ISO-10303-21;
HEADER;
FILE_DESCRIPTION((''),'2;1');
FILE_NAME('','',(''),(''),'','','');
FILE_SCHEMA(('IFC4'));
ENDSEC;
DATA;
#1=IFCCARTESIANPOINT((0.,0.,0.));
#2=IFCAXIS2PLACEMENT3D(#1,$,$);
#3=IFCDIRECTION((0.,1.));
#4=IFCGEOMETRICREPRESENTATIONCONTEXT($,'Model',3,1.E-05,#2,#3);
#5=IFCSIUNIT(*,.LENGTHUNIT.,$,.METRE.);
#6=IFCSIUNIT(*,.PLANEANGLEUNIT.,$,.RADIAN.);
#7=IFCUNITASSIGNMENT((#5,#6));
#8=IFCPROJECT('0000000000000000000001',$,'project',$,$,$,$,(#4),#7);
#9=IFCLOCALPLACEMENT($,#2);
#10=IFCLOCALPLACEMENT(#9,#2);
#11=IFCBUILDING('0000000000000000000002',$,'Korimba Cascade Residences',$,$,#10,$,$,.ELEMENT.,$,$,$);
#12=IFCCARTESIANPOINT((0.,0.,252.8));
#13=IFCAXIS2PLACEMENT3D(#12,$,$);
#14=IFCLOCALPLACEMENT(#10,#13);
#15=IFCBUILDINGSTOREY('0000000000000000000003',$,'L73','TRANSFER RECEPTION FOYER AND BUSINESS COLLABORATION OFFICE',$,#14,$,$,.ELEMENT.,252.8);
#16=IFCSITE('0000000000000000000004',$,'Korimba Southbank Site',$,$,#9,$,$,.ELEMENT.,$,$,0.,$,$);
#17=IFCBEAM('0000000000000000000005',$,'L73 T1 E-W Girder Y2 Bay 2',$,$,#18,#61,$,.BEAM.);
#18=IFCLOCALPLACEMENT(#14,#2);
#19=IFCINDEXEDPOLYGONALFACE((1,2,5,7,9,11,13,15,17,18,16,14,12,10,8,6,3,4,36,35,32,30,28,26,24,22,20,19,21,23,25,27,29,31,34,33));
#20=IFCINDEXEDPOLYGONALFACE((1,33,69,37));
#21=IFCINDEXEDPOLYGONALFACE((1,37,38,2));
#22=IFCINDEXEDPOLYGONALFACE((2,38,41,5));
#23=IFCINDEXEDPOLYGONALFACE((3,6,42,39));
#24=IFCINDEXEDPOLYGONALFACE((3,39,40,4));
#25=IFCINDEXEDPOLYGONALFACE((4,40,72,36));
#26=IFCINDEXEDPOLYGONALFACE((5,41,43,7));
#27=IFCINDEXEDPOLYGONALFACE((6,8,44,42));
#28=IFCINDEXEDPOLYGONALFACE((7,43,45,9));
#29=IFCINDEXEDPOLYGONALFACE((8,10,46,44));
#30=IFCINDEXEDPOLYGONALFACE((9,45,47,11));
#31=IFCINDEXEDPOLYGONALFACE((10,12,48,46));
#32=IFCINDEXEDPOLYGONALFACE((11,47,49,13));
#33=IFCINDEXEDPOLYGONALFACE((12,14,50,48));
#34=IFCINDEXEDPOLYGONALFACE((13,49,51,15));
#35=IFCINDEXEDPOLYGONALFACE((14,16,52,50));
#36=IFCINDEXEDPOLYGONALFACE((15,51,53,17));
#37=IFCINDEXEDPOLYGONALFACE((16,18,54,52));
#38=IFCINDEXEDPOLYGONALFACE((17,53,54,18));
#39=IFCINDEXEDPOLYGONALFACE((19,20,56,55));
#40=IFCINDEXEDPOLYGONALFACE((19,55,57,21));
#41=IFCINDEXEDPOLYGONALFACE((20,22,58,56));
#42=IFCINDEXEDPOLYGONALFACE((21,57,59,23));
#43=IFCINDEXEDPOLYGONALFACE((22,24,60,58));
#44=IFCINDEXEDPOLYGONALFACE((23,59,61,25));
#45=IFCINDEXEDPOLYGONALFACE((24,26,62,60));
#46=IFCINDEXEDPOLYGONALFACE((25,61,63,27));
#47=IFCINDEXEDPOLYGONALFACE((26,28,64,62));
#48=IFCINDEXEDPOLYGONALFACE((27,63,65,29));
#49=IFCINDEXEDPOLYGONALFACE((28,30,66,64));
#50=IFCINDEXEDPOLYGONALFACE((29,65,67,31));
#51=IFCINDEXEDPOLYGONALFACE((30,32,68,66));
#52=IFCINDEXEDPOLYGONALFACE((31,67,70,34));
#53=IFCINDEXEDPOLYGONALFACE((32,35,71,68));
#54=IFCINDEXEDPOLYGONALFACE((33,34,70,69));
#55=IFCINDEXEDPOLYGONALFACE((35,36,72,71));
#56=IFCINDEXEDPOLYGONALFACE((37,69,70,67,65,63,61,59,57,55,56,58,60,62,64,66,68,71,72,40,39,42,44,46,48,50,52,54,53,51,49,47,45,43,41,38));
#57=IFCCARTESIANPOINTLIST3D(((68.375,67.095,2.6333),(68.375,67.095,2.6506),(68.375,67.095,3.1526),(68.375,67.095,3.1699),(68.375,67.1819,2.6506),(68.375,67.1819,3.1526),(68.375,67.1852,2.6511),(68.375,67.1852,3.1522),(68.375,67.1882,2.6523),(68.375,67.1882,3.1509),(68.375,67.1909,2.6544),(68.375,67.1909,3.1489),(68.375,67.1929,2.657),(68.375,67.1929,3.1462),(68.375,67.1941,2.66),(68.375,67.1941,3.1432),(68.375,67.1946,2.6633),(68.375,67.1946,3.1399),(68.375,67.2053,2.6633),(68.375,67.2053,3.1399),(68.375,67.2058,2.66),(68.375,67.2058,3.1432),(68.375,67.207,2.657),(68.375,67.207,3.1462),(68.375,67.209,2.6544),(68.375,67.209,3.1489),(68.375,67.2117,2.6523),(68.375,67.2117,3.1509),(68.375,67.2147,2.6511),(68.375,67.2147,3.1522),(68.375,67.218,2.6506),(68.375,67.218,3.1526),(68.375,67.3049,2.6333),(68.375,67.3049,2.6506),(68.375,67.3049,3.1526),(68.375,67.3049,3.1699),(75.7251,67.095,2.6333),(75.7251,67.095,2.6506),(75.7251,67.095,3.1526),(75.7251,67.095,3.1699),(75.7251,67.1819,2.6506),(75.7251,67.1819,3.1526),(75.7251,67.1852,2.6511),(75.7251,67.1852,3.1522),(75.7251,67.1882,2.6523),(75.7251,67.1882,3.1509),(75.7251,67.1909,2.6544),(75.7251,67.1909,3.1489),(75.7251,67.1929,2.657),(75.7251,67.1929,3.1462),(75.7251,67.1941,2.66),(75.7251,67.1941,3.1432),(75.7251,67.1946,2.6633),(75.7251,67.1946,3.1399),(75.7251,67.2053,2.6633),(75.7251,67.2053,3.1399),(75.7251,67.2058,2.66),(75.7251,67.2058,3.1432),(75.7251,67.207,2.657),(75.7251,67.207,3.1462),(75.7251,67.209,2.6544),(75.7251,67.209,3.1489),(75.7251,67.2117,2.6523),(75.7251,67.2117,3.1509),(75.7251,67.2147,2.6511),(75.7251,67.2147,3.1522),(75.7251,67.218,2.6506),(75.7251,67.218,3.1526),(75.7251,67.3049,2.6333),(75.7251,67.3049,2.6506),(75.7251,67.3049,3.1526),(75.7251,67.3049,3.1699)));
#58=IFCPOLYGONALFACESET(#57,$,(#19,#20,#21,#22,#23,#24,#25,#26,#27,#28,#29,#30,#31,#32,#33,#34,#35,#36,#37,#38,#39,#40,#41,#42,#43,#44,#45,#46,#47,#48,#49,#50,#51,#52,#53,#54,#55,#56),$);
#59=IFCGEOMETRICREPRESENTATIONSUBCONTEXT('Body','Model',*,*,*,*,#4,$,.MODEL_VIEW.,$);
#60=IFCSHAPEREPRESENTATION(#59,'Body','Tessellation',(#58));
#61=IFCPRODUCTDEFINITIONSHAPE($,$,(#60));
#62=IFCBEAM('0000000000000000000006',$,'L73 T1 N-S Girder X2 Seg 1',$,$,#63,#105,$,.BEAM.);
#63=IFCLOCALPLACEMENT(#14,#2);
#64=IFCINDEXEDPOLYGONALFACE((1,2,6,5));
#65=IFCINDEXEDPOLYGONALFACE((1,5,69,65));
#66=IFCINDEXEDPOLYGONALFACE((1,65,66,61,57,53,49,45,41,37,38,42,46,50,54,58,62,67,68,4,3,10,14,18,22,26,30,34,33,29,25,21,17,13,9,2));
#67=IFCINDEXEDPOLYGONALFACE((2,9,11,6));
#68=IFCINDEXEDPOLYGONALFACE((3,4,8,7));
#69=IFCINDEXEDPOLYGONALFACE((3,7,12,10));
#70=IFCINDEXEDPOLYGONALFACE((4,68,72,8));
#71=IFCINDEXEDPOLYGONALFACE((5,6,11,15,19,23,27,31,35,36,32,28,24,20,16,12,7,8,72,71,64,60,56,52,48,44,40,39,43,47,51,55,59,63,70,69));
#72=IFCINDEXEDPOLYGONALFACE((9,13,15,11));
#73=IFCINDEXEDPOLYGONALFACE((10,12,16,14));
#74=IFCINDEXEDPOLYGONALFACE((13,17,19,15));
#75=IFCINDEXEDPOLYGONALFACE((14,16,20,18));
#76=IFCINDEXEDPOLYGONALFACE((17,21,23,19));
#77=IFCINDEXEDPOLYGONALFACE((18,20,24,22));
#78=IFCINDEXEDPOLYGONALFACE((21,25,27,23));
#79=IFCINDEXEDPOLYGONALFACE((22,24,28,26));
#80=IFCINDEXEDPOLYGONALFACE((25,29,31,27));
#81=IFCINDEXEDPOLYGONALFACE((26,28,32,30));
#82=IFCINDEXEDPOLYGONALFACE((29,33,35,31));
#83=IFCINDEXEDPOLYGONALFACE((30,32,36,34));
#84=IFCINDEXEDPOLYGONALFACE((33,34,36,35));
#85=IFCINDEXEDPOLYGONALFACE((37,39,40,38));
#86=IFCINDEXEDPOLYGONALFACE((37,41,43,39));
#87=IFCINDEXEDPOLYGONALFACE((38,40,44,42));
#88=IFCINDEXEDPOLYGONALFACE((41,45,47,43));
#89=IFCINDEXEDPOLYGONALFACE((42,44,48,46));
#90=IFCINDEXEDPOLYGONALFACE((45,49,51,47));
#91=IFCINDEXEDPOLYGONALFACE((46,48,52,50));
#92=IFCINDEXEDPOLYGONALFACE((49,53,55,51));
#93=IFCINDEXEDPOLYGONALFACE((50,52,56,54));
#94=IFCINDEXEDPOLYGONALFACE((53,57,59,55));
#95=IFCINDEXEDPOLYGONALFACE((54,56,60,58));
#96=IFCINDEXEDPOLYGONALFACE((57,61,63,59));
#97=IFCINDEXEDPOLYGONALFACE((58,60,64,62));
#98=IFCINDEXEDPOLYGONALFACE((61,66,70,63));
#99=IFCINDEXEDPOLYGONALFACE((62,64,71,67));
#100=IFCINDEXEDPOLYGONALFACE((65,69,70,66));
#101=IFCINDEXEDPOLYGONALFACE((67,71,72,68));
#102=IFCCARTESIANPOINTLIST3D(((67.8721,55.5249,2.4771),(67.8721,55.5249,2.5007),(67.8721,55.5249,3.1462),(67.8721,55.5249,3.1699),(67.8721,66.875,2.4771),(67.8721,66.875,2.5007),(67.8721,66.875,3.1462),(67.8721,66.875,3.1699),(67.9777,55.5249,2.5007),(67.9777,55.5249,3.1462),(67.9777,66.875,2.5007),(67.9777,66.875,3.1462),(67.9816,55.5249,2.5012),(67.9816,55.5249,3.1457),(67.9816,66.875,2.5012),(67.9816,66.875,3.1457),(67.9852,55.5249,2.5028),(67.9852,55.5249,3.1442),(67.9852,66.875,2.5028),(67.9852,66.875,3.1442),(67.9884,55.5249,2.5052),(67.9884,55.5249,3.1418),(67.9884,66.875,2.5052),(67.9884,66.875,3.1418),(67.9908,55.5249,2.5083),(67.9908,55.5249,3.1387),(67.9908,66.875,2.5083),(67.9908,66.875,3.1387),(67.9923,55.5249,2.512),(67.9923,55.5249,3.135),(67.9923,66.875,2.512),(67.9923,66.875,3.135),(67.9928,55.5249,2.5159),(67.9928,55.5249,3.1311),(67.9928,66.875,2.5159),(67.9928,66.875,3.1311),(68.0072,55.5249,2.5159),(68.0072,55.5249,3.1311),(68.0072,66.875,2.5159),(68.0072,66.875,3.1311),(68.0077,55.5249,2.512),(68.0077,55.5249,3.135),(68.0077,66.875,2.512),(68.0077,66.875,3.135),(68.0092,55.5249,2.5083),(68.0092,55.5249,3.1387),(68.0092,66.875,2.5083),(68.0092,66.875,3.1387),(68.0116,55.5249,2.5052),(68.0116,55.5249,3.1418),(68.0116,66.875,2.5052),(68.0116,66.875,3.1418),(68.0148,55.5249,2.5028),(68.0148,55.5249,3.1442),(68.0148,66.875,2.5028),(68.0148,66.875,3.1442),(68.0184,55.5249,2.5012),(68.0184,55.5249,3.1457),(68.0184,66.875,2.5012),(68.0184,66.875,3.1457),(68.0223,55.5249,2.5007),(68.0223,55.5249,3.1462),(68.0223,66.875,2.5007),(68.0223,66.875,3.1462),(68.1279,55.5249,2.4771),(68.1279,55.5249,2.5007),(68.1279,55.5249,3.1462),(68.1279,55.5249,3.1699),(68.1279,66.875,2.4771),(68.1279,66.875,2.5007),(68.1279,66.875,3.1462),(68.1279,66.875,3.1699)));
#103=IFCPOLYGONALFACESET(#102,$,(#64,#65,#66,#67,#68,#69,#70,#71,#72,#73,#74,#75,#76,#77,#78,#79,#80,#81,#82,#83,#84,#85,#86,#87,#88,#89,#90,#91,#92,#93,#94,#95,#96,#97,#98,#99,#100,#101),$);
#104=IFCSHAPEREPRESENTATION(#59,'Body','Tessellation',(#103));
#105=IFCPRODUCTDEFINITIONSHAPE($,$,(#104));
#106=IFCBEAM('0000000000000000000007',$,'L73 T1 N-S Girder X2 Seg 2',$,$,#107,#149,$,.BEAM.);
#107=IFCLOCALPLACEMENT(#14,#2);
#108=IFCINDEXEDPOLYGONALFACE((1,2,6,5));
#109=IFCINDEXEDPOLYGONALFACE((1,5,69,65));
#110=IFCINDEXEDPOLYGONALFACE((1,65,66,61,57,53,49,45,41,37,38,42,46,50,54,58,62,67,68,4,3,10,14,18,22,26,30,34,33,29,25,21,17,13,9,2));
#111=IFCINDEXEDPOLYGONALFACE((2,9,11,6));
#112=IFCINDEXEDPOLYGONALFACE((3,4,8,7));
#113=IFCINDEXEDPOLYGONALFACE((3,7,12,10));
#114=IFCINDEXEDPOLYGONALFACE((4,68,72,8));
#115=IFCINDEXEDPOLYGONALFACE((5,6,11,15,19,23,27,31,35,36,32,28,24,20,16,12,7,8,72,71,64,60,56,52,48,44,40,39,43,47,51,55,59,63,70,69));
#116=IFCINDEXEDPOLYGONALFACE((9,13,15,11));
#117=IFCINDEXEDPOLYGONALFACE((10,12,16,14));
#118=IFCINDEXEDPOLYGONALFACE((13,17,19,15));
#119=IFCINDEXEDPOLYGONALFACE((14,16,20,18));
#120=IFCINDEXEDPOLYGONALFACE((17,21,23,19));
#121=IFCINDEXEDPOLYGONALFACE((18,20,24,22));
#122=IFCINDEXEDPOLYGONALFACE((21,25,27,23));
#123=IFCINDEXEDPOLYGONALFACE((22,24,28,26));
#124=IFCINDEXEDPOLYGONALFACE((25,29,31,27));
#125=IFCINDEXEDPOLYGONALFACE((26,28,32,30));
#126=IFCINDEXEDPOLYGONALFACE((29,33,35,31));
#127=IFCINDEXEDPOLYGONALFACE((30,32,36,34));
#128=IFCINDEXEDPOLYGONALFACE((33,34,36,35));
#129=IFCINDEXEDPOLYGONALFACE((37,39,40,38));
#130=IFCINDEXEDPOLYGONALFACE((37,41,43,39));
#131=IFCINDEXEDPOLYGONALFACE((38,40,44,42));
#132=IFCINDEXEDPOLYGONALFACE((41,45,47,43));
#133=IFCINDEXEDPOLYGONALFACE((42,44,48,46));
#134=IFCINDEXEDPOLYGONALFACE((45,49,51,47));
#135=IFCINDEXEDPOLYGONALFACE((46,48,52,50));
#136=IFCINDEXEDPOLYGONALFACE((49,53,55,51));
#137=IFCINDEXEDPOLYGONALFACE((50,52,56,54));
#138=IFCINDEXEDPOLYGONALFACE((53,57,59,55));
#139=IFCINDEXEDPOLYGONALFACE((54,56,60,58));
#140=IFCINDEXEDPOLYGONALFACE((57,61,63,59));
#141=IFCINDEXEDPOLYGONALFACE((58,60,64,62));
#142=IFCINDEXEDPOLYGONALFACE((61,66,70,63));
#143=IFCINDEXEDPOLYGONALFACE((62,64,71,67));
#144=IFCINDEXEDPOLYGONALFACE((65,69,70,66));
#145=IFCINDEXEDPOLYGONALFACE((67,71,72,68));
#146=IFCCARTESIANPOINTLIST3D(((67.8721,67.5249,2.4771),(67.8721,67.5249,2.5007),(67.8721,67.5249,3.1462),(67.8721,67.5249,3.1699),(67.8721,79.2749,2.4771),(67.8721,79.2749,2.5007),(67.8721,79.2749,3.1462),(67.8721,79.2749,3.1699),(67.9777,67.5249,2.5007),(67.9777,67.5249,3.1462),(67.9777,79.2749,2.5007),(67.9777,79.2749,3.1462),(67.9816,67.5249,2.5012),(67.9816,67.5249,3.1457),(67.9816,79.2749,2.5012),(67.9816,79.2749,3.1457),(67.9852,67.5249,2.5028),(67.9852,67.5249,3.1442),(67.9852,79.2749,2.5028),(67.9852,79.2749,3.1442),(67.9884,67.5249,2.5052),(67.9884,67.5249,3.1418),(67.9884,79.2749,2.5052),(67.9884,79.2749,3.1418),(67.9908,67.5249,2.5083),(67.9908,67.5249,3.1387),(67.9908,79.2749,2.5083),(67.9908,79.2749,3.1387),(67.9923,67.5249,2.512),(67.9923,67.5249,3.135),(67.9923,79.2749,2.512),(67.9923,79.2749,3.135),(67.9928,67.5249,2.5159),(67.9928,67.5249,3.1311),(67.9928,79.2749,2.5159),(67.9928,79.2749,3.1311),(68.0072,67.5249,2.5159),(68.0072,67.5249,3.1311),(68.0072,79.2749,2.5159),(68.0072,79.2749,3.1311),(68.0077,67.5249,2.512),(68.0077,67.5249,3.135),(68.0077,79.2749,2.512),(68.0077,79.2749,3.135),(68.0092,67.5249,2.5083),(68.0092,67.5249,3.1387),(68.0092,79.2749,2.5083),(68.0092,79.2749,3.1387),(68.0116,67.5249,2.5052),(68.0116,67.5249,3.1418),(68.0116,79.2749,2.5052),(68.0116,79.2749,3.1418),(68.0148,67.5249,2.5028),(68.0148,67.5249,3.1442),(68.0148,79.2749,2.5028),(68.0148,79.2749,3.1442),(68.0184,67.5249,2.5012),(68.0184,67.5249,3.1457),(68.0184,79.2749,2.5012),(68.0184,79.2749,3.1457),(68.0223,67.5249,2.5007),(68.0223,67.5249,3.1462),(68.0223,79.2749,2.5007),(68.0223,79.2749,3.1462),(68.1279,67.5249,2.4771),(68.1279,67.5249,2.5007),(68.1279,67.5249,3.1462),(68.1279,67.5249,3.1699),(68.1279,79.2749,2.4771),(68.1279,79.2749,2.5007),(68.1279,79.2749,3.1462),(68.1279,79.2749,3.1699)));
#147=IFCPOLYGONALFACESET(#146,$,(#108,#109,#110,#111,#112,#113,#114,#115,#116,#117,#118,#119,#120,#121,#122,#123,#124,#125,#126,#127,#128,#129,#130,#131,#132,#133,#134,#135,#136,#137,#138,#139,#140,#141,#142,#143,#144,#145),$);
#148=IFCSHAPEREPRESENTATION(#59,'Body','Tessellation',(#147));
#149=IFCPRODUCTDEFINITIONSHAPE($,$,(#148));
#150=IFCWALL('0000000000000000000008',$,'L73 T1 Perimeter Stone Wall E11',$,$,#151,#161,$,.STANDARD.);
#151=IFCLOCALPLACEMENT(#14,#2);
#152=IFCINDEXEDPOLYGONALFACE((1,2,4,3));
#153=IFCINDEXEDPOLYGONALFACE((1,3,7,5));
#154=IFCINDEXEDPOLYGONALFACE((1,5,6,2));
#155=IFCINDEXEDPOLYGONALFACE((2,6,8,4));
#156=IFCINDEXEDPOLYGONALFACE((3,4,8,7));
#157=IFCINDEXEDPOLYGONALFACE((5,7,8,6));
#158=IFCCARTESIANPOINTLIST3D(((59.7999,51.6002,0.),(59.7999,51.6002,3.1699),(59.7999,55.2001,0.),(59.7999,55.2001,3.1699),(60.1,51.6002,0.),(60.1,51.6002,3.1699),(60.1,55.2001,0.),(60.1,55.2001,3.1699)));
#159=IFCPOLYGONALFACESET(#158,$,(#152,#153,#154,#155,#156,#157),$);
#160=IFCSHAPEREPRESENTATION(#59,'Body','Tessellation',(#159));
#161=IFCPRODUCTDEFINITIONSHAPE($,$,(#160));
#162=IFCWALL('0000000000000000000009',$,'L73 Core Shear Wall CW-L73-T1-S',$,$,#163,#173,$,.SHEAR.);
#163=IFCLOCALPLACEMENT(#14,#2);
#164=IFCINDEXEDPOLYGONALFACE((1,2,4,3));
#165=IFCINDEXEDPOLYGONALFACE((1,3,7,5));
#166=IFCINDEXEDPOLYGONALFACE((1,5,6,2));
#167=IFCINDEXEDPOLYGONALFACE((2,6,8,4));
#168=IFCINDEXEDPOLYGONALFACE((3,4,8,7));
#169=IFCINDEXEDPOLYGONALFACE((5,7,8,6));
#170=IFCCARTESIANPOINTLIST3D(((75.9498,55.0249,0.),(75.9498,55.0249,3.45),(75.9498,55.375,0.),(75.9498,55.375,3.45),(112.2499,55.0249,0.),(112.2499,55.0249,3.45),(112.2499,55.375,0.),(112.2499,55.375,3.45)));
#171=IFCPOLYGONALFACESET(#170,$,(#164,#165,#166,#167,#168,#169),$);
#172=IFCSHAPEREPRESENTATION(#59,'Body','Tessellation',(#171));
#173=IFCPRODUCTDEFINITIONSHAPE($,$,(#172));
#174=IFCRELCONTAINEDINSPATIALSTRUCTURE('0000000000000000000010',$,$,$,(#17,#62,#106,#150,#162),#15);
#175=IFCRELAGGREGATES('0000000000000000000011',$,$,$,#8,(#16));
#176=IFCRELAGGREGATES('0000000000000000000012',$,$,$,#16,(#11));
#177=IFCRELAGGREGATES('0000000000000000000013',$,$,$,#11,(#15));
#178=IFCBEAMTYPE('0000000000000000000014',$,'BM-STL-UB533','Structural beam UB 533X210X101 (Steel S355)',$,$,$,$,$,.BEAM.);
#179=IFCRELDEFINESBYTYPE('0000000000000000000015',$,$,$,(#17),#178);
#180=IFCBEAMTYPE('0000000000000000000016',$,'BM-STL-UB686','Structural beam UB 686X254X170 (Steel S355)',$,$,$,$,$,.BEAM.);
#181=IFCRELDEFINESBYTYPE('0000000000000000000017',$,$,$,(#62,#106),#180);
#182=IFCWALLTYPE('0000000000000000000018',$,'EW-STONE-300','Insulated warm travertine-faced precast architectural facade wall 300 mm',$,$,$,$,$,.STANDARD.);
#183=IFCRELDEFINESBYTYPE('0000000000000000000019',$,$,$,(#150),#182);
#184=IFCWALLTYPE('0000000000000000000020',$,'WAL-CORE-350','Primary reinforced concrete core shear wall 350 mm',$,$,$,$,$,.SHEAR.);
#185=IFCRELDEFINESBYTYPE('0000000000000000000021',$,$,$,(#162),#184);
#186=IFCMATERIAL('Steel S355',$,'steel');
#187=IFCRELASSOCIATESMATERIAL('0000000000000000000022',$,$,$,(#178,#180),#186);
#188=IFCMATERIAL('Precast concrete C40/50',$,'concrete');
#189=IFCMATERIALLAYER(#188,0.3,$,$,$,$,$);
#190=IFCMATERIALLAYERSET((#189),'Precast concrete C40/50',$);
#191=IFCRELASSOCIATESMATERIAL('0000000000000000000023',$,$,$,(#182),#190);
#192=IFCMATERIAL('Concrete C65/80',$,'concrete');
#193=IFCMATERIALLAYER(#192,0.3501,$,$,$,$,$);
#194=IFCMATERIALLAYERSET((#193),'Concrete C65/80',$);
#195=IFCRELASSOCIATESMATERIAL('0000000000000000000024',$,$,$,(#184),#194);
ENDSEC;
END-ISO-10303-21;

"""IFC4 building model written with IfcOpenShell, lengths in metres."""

from ifc_helpers import new_model, si_unit, direction, frame, frame_2d, origin, origin_2d, place, context, subcontext, project, spatial, rectangle, i_section, extrude, material, layer, layer_set, material_profile, profile_set, type_object, element, save


model = new_model("IFC4")

# Units and contexts
model_context = context("Model", 3, precision=1e-05, world=origin(), true_north=direction((0.0, 1.0)))
body_context = subcontext(model_context, "Body", "Model", "MODEL_VIEW")
ifc_project = project(units=[si_unit("LENGTHUNIT", "METRE"), si_unit("PLANEANGLEUNIT", "RADIAN")], contexts=[model_context])

# Site, building, storey
site_placement = place(None, origin())
site = spatial("IfcSite", under=ifc_project, at=site_placement, Name="Korimba Southbank Site", CompositionType="ELEMENT", RefElevation=0.0)
building_placement = place(site_placement, origin())
building = spatial("IfcBuilding", under=site, at=building_placement, Name="Korimba Cascade Residences", CompositionType="ELEMENT")
storey_placement = place(building_placement, frame((0.0, 0.0, 252.8)))
storey = spatial("IfcBuildingStorey", under=building, at=storey_placement, Name="L73", Description="TRANSFER RECEPTION FOYER AND BUSINESS COLLABORATION OFFICE", CompositionType="ELEMENT", Elevation=252.8)

# Beams
ifc_material_1 = material(Name="Steel S355", Category="steel")
ifc_material_profile_1 = material_profile(ifc_material_1, i_section(OverallWidth=0.21, OverallDepth=0.5366, WebThickness=0.0107, FlangeThickness=0.0173, FilletRadius=0.0127, at=origin_2d()), Name="Steel S355")
ifc_profile_set_1 = profile_set([ifc_material_profile_1], Name="Steel S355")
beam_type_1 = type_object("IfcBeamType", Name="BM-STL-UB533", Description="Structural beam UB 533X210X101 (Steel S355)", PredefinedType="BEAM", material=ifc_profile_set_1)
beam_1_placement = place(storey_placement, frame((68.375, 67.2, 2.9016), z_axis=(1.0, 0.0, 0.0), x_axis=(0.0, 1.0, 0.0)))
element("IfcBeam", 1, at=beam_1_placement, inside=storey, type_object=beam_type_1, Name="L73 T1 E-W Girder Y2 Bay 2", PredefinedType="BEAM", context=body_context, shape_type="SweptSolid", body=[
    extrude(i_section(OverallWidth=0.21, OverallDepth=0.5366, WebThickness=0.0107, FlangeThickness=0.0173, FilletRadius=0.0127, at=origin_2d()), origin(), (0.0, 0.0, 1.0), 7.3501),
])
ifc_material_profile_2 = material_profile(ifc_material_1, i_section(OverallWidth=0.2559, OverallDepth=0.6929, WebThickness=0.0144, FlangeThickness=0.0237, FilletRadius=0.0151, at=origin_2d()), Name="Steel S355")
ifc_profile_set_2 = profile_set([ifc_material_profile_2], Name="Steel S355")
beam_type_2 = type_object("IfcBeamType", Name="BM-STL-UB686", Description="Structural beam UB 686X254X170 (Steel S355)", PredefinedType="BEAM", material=ifc_profile_set_2)
beam_2_placement = place(storey_placement, frame((68.0, 55.5249, 2.8235), z_axis=(0.0, 1.0, 0.0), x_axis=(-1.0, 0.0, 0.0)))
element("IfcBeam", 2, at=beam_2_placement, inside=storey, type_object=beam_type_2, Name="L73 T1 N-S Girder X2 Seg 1", PredefinedType="BEAM", context=body_context, shape_type="SweptSolid", body=[
    extrude(i_section(OverallWidth=0.2559, OverallDepth=0.6929, WebThickness=0.0144, FlangeThickness=0.0237, FilletRadius=0.0151, at=origin_2d()), origin(), (0.0, 0.0, 1.0), 11.3501),
])
beam_3_placement = place(storey_placement, frame((68.0, 67.5249, 2.8235), z_axis=(0.0, 1.0, 0.0), x_axis=(-1.0, 0.0, 0.0)))
element("IfcBeam", 3, at=beam_3_placement, inside=storey, type_object=beam_type_2, Name="L73 T1 N-S Girder X2 Seg 2", PredefinedType="BEAM", context=body_context, shape_type="SweptSolid", body=[
    extrude(i_section(OverallWidth=0.2559, OverallDepth=0.6929, WebThickness=0.0144, FlangeThickness=0.0237, FilletRadius=0.0151, at=origin_2d()), origin(), (0.0, 0.0, 1.0), 11.75),
])

# Walls
ifc_material_2 = material(Name="Precast concrete C40/50", Category="concrete")
ifc_layer_1 = layer(ifc_material_2, 0.3)
ifc_layer_set_1 = layer_set([ifc_layer_1], Name="Precast concrete C40/50")
wall_type_1 = type_object("IfcWallType", Name="EW-STONE-300", Description="Insulated warm travertine-faced precast architectural facade wall 300 mm", PredefinedType="STANDARD", material=ifc_layer_set_1)
wall_1_placement = place(storey_placement, frame((59.95, 55.2, 0.0), z_axis=(0.0, 0.0, 1.0), x_axis=(0.0, -1.0, 0.0)))
element("IfcWall", 4, at=wall_1_placement, inside=storey, type_object=wall_type_1, Name="L73 T1 Perimeter Stone Wall E11", PredefinedType="STANDARD", context=body_context, shape_type="SweptSolid", body=[
    extrude(rectangle(XDim=3.5999, YDim=0.3, at=frame_2d((1.7998, 0.0))), origin(), (0.0, 0.0, 1.0), 3.1699),
])
ifc_material_3 = material(Name="Concrete C65/80", Category="concrete")
ifc_layer_2 = layer(ifc_material_3, 0.3501)
ifc_layer_set_2 = layer_set([ifc_layer_2], Name="Concrete C65/80")
wall_type_2 = type_object("IfcWallType", Name="WAL-CORE-350", Description="Primary reinforced concrete core shear wall 350 mm", PredefinedType="SHEAR", material=ifc_layer_set_2)
wall_2_placement = place(storey_placement, frame((75.95, 55.2, 0.0), z_axis=(0.0, 0.0, 1.0), x_axis=(1.0, 0.0, 0.0)))
element("IfcWall", 5, at=wall_2_placement, inside=storey, type_object=wall_type_2, Name="L73 Core Shear Wall CW-L73-T1-S", PredefinedType="SHEAR", context=body_context, shape_type="SweptSolid", body=[
    extrude(rectangle(XDim=36.3, YDim=0.3501, at=frame_2d((18.1499, 0.0))), origin(), (0.0, 0.0, 1.0), 3.45),
])

save(model, "model.ifc")
